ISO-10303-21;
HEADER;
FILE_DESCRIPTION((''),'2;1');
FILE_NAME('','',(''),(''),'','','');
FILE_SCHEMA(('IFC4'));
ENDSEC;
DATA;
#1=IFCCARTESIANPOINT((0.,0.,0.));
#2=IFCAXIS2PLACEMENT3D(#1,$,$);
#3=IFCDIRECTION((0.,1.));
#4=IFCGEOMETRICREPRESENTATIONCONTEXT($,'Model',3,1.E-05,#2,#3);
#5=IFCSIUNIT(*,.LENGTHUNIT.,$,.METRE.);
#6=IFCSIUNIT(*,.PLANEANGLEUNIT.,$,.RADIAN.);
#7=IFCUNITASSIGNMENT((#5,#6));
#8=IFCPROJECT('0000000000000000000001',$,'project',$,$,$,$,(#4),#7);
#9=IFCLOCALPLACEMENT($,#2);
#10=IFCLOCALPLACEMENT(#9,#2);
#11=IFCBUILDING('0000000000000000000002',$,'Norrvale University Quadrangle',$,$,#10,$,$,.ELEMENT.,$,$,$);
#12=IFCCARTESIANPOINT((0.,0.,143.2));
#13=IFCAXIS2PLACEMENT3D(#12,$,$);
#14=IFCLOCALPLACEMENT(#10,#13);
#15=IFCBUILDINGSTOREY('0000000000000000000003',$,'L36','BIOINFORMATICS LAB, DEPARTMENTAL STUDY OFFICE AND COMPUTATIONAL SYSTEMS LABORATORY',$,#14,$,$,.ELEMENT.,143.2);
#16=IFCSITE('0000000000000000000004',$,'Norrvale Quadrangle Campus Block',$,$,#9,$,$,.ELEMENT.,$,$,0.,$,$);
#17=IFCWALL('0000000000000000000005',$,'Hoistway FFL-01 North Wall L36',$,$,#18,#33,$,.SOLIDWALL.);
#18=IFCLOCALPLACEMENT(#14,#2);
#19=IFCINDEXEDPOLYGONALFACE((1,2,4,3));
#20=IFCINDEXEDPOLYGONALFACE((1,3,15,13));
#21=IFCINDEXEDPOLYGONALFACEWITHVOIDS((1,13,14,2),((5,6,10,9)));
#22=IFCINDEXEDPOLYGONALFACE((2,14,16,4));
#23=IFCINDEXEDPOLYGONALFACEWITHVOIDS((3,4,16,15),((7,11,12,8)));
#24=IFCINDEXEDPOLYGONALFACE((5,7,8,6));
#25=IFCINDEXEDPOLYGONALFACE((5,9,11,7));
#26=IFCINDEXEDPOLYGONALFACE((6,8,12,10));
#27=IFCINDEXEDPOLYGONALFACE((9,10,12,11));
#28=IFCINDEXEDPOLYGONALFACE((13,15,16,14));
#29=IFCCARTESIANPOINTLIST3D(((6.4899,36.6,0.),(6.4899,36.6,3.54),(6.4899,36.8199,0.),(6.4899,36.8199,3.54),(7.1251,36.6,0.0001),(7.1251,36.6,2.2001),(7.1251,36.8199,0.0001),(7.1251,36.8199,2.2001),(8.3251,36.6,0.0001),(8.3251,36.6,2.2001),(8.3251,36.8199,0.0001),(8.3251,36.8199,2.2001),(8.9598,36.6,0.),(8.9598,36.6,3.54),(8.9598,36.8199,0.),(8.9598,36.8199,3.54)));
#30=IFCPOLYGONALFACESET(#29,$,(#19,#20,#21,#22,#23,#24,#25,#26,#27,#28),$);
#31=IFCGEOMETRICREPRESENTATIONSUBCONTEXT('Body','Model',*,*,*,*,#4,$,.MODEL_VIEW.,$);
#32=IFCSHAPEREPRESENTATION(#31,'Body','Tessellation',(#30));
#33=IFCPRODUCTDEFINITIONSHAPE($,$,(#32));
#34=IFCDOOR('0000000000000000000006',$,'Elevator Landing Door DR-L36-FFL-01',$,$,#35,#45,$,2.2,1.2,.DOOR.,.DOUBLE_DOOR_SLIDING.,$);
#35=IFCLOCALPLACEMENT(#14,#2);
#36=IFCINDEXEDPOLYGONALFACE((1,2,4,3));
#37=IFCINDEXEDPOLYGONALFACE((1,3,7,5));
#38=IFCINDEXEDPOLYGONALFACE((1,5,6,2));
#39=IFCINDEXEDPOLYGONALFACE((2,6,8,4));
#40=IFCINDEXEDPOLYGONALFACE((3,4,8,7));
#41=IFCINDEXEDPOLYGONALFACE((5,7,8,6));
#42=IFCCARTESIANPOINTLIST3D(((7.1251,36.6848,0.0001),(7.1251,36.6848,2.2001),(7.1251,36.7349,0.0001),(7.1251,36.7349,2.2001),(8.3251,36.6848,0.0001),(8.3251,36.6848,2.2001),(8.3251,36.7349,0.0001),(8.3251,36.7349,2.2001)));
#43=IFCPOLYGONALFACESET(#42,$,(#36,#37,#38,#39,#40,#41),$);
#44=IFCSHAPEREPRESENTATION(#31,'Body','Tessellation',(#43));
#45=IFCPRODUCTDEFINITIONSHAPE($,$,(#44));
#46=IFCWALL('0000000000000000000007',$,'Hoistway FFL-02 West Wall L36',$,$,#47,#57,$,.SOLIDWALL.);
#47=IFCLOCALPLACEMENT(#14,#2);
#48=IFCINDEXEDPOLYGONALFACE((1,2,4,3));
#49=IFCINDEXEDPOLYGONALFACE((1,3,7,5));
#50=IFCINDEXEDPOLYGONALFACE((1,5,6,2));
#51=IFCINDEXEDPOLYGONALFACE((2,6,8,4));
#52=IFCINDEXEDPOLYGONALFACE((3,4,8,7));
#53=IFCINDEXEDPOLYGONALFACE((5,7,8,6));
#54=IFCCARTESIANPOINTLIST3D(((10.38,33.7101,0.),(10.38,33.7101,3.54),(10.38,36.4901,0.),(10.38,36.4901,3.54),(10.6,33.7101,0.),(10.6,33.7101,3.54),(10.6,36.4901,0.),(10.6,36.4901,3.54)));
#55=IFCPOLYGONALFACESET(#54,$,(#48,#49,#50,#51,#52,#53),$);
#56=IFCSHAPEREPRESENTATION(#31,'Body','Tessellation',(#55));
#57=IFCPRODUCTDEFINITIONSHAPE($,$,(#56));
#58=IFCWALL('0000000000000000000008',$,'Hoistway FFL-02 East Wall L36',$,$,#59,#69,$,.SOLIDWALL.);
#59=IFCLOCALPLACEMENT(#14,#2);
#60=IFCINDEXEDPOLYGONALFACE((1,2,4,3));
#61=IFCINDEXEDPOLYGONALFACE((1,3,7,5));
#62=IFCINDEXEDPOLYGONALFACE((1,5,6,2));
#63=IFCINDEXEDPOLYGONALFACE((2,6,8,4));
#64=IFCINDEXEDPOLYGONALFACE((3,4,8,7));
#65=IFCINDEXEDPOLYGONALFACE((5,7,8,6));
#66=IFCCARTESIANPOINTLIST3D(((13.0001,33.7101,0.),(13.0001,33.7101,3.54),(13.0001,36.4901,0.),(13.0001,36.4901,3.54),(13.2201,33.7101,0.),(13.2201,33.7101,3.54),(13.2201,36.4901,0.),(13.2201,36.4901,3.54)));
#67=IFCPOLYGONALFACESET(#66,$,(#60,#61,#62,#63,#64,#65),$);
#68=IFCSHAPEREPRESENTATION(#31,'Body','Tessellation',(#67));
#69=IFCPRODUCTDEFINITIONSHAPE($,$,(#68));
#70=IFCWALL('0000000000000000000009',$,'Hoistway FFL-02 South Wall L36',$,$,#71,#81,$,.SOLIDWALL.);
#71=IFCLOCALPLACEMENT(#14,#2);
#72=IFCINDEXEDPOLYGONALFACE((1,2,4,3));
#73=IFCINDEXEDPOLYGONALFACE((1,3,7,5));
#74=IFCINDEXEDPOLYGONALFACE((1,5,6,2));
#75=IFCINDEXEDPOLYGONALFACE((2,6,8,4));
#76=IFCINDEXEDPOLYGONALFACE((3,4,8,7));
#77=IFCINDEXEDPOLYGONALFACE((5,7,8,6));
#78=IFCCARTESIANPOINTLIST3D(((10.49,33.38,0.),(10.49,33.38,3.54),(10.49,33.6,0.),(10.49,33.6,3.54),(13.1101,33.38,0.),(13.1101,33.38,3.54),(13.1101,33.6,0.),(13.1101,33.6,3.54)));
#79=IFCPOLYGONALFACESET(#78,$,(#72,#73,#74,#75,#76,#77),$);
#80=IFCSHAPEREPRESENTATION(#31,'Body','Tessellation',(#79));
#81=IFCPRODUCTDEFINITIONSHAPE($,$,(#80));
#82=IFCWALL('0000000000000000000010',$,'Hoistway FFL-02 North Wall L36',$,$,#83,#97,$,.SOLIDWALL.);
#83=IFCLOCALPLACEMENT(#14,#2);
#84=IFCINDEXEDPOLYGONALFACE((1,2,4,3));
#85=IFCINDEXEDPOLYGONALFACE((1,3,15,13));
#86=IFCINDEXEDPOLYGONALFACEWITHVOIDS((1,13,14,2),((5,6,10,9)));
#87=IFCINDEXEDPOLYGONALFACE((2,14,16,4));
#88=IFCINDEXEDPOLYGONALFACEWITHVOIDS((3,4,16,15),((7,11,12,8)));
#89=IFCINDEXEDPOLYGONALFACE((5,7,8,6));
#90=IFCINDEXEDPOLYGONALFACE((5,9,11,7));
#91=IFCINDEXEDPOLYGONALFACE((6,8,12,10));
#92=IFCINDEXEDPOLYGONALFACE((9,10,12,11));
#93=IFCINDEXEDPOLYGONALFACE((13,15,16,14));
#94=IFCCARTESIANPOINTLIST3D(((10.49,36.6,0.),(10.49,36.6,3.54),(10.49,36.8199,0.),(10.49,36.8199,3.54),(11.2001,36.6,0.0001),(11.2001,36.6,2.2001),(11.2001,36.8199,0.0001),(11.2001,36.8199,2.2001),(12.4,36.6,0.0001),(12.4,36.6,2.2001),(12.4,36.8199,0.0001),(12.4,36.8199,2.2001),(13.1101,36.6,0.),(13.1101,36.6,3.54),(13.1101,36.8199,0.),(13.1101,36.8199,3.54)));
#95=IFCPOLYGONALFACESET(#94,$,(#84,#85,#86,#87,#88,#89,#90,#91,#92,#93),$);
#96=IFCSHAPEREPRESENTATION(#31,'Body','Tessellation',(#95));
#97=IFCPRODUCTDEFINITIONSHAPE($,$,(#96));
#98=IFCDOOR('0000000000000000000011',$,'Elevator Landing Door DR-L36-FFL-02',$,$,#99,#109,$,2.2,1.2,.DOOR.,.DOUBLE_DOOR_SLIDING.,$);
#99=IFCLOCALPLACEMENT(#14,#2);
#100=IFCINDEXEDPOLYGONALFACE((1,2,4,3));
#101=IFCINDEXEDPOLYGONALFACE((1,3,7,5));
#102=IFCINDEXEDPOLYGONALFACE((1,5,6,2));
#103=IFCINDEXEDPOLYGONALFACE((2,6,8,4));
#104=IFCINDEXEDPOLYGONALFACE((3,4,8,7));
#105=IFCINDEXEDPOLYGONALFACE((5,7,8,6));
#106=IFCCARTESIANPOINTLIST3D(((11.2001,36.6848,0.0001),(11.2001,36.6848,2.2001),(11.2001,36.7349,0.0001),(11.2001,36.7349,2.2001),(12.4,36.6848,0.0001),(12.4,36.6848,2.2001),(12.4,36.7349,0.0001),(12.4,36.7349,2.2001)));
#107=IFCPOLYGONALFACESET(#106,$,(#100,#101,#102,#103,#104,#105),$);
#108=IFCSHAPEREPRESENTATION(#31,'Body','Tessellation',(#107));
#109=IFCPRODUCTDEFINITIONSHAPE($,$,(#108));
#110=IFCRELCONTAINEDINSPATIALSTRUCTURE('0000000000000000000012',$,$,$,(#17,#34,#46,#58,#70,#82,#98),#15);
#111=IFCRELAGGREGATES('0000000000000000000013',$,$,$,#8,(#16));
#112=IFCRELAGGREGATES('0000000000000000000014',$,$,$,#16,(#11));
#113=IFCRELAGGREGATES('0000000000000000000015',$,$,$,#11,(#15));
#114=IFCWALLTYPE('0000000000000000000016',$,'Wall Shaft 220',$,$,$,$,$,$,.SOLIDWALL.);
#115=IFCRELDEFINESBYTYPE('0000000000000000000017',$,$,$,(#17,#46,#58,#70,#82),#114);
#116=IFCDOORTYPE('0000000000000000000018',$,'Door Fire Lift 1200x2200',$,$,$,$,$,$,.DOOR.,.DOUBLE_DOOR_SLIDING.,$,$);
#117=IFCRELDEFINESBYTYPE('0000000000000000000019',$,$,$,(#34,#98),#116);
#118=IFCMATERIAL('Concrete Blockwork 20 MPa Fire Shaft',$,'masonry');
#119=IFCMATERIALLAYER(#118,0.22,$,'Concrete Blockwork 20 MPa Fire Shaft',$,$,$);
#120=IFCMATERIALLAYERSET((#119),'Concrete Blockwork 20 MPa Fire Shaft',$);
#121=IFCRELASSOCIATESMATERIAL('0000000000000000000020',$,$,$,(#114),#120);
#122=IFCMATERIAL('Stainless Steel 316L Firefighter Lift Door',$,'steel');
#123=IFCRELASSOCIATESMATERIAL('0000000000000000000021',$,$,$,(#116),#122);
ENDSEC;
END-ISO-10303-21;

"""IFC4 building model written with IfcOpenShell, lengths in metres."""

from ifc_helpers import new_model, si_unit, direction, frame, frame_2d, origin, place, context, subcontext, project, spatial, rectangle, extrude, material, layer, layer_set, type_object, element, fill, save


model = new_model("IFC4")

# Units and contexts
model_context = context("Model", 3, precision=1e-05, world=origin(), true_north=direction((0.0, 1.0)))
body_context = subcontext(model_context, "Body", "Model", "MODEL_VIEW")
ifc_project = project(units=[si_unit("LENGTHUNIT", "METRE"), si_unit("PLANEANGLEUNIT", "RADIAN")], contexts=[model_context])

# Site, building, storey
site_placement = place(None, origin())
site = spatial("IfcSite", under=ifc_project, at=site_placement, Name="Norrvale Quadrangle Campus Block", CompositionType="ELEMENT", RefElevation=0.0)
building_placement = place(site_placement, origin())
building = spatial("IfcBuilding", under=site, at=building_placement, Name="Norrvale University Quadrangle", CompositionType="ELEMENT")
storey_placement = place(building_placement, frame((0.0, 0.0, 143.2)))
storey = spatial("IfcBuildingStorey", under=building, at=storey_placement, Name="L36", Description="BIOINFORMATICS LAB, DEPARTMENTAL STUDY OFFICE AND COMPUTATIONAL SYSTEMS LABORATORY", CompositionType="ELEMENT", Elevation=143.2)

# Shared definitions
ifc_material_1 = material(Name="Concrete Blockwork 20 MPa Fire Shaft", Category="masonry")
ifc_layer_1 = layer(ifc_material_1, 0.22, Name="Concrete Blockwork 20 MPa Fire Shaft")
ifc_layer_set_1 = layer_set([ifc_layer_1], Name="Concrete Blockwork 20 MPa Fire Shaft")
wall_type_1 = type_object("IfcWallType", Name="Wall Shaft 220", PredefinedType="SOLIDWALL", material=ifc_layer_set_1)

# Wall, opening, door
wall_1_placement = place(storey_placement, frame((6.49, 36.71, 0.0), z_axis=(0.0, 0.0, 1.0), x_axis=(1.0, 0.0, 0.0)))
wall_1 = element("IfcWall", 1, at=wall_1_placement, inside=storey, type_object=wall_type_1, Name="Hoistway FFL-01 North Wall L36", PredefinedType="SOLIDWALL", context=body_context, shape_type="SweptSolid", body=[
    extrude(rectangle(XDim=2.47, YDim=0.22, at=frame_2d((1.2349, 0.0))), origin(), (0.0, 0.0, 1.0), 3.54),
])
opening_1_placement = place(wall_1_placement, frame((0.635, 0.0, 0.0)))
opening_1 = element("IfcOpeningElement", 2, at=opening_1_placement, cuts=wall_1, PredefinedType="OPENING", context=body_context, shape_type="SweptSolid", body=[
    extrude(rectangle(XDim=1.2, YDim=2.2, at=frame_2d((0.6001, 1.1001))), frame((0.0, 0.1221, 0.0), z_axis=(0.0, -1.0, 0.0), x_axis=(1.0, 0.0, 0.0)), (0.0, 0.0, 1.0), 0.2439),
])
ifc_material_2 = material(Name="Stainless Steel 316L Firefighter Lift Door", Category="steel")
door_type = type_object("IfcDoorType", Name="Door Fire Lift 1200x2200", OperationType="DOUBLE_DOOR_SLIDING", PredefinedType="DOOR", material=ifc_material_2)
door_1_placement = place(opening_1_placement, origin())
door_1 = element("IfcDoor", 3, at=door_1_placement, inside=storey, type_object=door_type, Name="Elevator Landing Door DR-L36-FFL-01", OperationType="DOUBLE_DOOR_SLIDING", OverallHeight=2.2, OverallWidth=1.2, PredefinedType="DOOR", context=body_context, shape_type="SweptSolid", body=[
    extrude(rectangle(XDim=1.2, YDim=2.2, at=frame_2d((0.6001, 1.1001))), frame((0.0, 0.0249, 0.0), z_axis=(0.0, -1.0, 0.0), x_axis=(1.0, 0.0, 0.0)), (0.0, 0.0, 1.0), 0.05),
])
fill(opening_1, door_1)

# Walls
for number, where, z_axis, x_axis, name in (
    (4, (10.49, 33.71, 0.0), (0.0, 0.0, 1.0), (0.0, 1.0, 0.0), "Hoistway FFL-02 West Wall L36"),
    (5, (13.1101, 33.71, 0.0), (0.0, 0.0, 1.0), (0.0, 1.0, 0.0), "Hoistway FFL-02 East Wall L36"),
):
    element("IfcWall", number, at=place(storey_placement, frame(where, z_axis=z_axis, x_axis=x_axis)), inside=storey, type_object=wall_type_1, Name=name, PredefinedType="SOLIDWALL", context=body_context, shape_type="SweptSolid", body=[
        extrude(rectangle(XDim=2.78, YDim=0.22, at=frame_2d((1.3901, 0.0))), origin(), (0.0, 0.0, 1.0), 3.54),
    ])
wall_2_placement = place(storey_placement, frame((10.49, 33.49, 0.0), z_axis=(0.0, 0.0, 1.0), x_axis=(1.0, 0.0, 0.0)))
element("IfcWall", 6, at=wall_2_placement, inside=storey, type_object=wall_type_1, Name="Hoistway FFL-02 South Wall L36", PredefinedType="SOLIDWALL", context=body_context, shape_type="SweptSolid", body=[
    extrude(rectangle(XDim=2.6201, YDim=0.22, at=frame_2d((1.3101, 0.0))), origin(), (0.0, 0.0, 1.0), 3.54),
])

# Wall, opening, door
wall_3_placement = place(storey_placement, frame((10.49, 36.71, 0.0), z_axis=(0.0, 0.0, 1.0), x_axis=(1.0, 0.0, 0.0)))
wall_3 = element("IfcWall", 7, at=wall_3_placement, inside=storey, type_object=wall_type_1, Name="Hoistway FFL-02 North Wall L36", PredefinedType="SOLIDWALL", context=body_context, shape_type="SweptSolid", body=[
    extrude(rectangle(XDim=2.6201, YDim=0.22, at=frame_2d((1.3101, 0.0))), origin(), (0.0, 0.0, 1.0), 3.54),
])
opening_2_placement = place(wall_3_placement, frame((0.71, 0.0, 0.0)))
opening_2 = element("IfcOpeningElement", 8, at=opening_2_placement, cuts=wall_3, PredefinedType="OPENING", context=body_context, shape_type="SweptSolid", body=[
    extrude(rectangle(XDim=1.2, YDim=2.2, at=frame_2d((0.6001, 1.1001))), frame((0.0, 0.1221, 0.0), z_axis=(0.0, -1.0, 0.0), x_axis=(1.0, 0.0, 0.0)), (0.0, 0.0, 1.0), 0.2439),
])
door_2_placement = place(opening_2_placement, origin())
door_2 = element("IfcDoor", 9, at=door_2_placement, inside=storey, type_object=door_type, Name="Elevator Landing Door DR-L36-FFL-02", OperationType="DOUBLE_DOOR_SLIDING", OverallHeight=2.2, OverallWidth=1.2, PredefinedType="DOOR", context=body_context, shape_type="SweptSolid", body=[
    extrude(rectangle(XDim=1.2, YDim=2.2, at=frame_2d((0.6001, 1.1001))), frame((0.0, 0.0249, 0.0), z_axis=(0.0, -1.0, 0.0), x_axis=(1.0, 0.0, 0.0)), (0.0, 0.0, 1.0), 0.05),
])
fill(opening_2, door_2)

save(model, "model.ifc")
